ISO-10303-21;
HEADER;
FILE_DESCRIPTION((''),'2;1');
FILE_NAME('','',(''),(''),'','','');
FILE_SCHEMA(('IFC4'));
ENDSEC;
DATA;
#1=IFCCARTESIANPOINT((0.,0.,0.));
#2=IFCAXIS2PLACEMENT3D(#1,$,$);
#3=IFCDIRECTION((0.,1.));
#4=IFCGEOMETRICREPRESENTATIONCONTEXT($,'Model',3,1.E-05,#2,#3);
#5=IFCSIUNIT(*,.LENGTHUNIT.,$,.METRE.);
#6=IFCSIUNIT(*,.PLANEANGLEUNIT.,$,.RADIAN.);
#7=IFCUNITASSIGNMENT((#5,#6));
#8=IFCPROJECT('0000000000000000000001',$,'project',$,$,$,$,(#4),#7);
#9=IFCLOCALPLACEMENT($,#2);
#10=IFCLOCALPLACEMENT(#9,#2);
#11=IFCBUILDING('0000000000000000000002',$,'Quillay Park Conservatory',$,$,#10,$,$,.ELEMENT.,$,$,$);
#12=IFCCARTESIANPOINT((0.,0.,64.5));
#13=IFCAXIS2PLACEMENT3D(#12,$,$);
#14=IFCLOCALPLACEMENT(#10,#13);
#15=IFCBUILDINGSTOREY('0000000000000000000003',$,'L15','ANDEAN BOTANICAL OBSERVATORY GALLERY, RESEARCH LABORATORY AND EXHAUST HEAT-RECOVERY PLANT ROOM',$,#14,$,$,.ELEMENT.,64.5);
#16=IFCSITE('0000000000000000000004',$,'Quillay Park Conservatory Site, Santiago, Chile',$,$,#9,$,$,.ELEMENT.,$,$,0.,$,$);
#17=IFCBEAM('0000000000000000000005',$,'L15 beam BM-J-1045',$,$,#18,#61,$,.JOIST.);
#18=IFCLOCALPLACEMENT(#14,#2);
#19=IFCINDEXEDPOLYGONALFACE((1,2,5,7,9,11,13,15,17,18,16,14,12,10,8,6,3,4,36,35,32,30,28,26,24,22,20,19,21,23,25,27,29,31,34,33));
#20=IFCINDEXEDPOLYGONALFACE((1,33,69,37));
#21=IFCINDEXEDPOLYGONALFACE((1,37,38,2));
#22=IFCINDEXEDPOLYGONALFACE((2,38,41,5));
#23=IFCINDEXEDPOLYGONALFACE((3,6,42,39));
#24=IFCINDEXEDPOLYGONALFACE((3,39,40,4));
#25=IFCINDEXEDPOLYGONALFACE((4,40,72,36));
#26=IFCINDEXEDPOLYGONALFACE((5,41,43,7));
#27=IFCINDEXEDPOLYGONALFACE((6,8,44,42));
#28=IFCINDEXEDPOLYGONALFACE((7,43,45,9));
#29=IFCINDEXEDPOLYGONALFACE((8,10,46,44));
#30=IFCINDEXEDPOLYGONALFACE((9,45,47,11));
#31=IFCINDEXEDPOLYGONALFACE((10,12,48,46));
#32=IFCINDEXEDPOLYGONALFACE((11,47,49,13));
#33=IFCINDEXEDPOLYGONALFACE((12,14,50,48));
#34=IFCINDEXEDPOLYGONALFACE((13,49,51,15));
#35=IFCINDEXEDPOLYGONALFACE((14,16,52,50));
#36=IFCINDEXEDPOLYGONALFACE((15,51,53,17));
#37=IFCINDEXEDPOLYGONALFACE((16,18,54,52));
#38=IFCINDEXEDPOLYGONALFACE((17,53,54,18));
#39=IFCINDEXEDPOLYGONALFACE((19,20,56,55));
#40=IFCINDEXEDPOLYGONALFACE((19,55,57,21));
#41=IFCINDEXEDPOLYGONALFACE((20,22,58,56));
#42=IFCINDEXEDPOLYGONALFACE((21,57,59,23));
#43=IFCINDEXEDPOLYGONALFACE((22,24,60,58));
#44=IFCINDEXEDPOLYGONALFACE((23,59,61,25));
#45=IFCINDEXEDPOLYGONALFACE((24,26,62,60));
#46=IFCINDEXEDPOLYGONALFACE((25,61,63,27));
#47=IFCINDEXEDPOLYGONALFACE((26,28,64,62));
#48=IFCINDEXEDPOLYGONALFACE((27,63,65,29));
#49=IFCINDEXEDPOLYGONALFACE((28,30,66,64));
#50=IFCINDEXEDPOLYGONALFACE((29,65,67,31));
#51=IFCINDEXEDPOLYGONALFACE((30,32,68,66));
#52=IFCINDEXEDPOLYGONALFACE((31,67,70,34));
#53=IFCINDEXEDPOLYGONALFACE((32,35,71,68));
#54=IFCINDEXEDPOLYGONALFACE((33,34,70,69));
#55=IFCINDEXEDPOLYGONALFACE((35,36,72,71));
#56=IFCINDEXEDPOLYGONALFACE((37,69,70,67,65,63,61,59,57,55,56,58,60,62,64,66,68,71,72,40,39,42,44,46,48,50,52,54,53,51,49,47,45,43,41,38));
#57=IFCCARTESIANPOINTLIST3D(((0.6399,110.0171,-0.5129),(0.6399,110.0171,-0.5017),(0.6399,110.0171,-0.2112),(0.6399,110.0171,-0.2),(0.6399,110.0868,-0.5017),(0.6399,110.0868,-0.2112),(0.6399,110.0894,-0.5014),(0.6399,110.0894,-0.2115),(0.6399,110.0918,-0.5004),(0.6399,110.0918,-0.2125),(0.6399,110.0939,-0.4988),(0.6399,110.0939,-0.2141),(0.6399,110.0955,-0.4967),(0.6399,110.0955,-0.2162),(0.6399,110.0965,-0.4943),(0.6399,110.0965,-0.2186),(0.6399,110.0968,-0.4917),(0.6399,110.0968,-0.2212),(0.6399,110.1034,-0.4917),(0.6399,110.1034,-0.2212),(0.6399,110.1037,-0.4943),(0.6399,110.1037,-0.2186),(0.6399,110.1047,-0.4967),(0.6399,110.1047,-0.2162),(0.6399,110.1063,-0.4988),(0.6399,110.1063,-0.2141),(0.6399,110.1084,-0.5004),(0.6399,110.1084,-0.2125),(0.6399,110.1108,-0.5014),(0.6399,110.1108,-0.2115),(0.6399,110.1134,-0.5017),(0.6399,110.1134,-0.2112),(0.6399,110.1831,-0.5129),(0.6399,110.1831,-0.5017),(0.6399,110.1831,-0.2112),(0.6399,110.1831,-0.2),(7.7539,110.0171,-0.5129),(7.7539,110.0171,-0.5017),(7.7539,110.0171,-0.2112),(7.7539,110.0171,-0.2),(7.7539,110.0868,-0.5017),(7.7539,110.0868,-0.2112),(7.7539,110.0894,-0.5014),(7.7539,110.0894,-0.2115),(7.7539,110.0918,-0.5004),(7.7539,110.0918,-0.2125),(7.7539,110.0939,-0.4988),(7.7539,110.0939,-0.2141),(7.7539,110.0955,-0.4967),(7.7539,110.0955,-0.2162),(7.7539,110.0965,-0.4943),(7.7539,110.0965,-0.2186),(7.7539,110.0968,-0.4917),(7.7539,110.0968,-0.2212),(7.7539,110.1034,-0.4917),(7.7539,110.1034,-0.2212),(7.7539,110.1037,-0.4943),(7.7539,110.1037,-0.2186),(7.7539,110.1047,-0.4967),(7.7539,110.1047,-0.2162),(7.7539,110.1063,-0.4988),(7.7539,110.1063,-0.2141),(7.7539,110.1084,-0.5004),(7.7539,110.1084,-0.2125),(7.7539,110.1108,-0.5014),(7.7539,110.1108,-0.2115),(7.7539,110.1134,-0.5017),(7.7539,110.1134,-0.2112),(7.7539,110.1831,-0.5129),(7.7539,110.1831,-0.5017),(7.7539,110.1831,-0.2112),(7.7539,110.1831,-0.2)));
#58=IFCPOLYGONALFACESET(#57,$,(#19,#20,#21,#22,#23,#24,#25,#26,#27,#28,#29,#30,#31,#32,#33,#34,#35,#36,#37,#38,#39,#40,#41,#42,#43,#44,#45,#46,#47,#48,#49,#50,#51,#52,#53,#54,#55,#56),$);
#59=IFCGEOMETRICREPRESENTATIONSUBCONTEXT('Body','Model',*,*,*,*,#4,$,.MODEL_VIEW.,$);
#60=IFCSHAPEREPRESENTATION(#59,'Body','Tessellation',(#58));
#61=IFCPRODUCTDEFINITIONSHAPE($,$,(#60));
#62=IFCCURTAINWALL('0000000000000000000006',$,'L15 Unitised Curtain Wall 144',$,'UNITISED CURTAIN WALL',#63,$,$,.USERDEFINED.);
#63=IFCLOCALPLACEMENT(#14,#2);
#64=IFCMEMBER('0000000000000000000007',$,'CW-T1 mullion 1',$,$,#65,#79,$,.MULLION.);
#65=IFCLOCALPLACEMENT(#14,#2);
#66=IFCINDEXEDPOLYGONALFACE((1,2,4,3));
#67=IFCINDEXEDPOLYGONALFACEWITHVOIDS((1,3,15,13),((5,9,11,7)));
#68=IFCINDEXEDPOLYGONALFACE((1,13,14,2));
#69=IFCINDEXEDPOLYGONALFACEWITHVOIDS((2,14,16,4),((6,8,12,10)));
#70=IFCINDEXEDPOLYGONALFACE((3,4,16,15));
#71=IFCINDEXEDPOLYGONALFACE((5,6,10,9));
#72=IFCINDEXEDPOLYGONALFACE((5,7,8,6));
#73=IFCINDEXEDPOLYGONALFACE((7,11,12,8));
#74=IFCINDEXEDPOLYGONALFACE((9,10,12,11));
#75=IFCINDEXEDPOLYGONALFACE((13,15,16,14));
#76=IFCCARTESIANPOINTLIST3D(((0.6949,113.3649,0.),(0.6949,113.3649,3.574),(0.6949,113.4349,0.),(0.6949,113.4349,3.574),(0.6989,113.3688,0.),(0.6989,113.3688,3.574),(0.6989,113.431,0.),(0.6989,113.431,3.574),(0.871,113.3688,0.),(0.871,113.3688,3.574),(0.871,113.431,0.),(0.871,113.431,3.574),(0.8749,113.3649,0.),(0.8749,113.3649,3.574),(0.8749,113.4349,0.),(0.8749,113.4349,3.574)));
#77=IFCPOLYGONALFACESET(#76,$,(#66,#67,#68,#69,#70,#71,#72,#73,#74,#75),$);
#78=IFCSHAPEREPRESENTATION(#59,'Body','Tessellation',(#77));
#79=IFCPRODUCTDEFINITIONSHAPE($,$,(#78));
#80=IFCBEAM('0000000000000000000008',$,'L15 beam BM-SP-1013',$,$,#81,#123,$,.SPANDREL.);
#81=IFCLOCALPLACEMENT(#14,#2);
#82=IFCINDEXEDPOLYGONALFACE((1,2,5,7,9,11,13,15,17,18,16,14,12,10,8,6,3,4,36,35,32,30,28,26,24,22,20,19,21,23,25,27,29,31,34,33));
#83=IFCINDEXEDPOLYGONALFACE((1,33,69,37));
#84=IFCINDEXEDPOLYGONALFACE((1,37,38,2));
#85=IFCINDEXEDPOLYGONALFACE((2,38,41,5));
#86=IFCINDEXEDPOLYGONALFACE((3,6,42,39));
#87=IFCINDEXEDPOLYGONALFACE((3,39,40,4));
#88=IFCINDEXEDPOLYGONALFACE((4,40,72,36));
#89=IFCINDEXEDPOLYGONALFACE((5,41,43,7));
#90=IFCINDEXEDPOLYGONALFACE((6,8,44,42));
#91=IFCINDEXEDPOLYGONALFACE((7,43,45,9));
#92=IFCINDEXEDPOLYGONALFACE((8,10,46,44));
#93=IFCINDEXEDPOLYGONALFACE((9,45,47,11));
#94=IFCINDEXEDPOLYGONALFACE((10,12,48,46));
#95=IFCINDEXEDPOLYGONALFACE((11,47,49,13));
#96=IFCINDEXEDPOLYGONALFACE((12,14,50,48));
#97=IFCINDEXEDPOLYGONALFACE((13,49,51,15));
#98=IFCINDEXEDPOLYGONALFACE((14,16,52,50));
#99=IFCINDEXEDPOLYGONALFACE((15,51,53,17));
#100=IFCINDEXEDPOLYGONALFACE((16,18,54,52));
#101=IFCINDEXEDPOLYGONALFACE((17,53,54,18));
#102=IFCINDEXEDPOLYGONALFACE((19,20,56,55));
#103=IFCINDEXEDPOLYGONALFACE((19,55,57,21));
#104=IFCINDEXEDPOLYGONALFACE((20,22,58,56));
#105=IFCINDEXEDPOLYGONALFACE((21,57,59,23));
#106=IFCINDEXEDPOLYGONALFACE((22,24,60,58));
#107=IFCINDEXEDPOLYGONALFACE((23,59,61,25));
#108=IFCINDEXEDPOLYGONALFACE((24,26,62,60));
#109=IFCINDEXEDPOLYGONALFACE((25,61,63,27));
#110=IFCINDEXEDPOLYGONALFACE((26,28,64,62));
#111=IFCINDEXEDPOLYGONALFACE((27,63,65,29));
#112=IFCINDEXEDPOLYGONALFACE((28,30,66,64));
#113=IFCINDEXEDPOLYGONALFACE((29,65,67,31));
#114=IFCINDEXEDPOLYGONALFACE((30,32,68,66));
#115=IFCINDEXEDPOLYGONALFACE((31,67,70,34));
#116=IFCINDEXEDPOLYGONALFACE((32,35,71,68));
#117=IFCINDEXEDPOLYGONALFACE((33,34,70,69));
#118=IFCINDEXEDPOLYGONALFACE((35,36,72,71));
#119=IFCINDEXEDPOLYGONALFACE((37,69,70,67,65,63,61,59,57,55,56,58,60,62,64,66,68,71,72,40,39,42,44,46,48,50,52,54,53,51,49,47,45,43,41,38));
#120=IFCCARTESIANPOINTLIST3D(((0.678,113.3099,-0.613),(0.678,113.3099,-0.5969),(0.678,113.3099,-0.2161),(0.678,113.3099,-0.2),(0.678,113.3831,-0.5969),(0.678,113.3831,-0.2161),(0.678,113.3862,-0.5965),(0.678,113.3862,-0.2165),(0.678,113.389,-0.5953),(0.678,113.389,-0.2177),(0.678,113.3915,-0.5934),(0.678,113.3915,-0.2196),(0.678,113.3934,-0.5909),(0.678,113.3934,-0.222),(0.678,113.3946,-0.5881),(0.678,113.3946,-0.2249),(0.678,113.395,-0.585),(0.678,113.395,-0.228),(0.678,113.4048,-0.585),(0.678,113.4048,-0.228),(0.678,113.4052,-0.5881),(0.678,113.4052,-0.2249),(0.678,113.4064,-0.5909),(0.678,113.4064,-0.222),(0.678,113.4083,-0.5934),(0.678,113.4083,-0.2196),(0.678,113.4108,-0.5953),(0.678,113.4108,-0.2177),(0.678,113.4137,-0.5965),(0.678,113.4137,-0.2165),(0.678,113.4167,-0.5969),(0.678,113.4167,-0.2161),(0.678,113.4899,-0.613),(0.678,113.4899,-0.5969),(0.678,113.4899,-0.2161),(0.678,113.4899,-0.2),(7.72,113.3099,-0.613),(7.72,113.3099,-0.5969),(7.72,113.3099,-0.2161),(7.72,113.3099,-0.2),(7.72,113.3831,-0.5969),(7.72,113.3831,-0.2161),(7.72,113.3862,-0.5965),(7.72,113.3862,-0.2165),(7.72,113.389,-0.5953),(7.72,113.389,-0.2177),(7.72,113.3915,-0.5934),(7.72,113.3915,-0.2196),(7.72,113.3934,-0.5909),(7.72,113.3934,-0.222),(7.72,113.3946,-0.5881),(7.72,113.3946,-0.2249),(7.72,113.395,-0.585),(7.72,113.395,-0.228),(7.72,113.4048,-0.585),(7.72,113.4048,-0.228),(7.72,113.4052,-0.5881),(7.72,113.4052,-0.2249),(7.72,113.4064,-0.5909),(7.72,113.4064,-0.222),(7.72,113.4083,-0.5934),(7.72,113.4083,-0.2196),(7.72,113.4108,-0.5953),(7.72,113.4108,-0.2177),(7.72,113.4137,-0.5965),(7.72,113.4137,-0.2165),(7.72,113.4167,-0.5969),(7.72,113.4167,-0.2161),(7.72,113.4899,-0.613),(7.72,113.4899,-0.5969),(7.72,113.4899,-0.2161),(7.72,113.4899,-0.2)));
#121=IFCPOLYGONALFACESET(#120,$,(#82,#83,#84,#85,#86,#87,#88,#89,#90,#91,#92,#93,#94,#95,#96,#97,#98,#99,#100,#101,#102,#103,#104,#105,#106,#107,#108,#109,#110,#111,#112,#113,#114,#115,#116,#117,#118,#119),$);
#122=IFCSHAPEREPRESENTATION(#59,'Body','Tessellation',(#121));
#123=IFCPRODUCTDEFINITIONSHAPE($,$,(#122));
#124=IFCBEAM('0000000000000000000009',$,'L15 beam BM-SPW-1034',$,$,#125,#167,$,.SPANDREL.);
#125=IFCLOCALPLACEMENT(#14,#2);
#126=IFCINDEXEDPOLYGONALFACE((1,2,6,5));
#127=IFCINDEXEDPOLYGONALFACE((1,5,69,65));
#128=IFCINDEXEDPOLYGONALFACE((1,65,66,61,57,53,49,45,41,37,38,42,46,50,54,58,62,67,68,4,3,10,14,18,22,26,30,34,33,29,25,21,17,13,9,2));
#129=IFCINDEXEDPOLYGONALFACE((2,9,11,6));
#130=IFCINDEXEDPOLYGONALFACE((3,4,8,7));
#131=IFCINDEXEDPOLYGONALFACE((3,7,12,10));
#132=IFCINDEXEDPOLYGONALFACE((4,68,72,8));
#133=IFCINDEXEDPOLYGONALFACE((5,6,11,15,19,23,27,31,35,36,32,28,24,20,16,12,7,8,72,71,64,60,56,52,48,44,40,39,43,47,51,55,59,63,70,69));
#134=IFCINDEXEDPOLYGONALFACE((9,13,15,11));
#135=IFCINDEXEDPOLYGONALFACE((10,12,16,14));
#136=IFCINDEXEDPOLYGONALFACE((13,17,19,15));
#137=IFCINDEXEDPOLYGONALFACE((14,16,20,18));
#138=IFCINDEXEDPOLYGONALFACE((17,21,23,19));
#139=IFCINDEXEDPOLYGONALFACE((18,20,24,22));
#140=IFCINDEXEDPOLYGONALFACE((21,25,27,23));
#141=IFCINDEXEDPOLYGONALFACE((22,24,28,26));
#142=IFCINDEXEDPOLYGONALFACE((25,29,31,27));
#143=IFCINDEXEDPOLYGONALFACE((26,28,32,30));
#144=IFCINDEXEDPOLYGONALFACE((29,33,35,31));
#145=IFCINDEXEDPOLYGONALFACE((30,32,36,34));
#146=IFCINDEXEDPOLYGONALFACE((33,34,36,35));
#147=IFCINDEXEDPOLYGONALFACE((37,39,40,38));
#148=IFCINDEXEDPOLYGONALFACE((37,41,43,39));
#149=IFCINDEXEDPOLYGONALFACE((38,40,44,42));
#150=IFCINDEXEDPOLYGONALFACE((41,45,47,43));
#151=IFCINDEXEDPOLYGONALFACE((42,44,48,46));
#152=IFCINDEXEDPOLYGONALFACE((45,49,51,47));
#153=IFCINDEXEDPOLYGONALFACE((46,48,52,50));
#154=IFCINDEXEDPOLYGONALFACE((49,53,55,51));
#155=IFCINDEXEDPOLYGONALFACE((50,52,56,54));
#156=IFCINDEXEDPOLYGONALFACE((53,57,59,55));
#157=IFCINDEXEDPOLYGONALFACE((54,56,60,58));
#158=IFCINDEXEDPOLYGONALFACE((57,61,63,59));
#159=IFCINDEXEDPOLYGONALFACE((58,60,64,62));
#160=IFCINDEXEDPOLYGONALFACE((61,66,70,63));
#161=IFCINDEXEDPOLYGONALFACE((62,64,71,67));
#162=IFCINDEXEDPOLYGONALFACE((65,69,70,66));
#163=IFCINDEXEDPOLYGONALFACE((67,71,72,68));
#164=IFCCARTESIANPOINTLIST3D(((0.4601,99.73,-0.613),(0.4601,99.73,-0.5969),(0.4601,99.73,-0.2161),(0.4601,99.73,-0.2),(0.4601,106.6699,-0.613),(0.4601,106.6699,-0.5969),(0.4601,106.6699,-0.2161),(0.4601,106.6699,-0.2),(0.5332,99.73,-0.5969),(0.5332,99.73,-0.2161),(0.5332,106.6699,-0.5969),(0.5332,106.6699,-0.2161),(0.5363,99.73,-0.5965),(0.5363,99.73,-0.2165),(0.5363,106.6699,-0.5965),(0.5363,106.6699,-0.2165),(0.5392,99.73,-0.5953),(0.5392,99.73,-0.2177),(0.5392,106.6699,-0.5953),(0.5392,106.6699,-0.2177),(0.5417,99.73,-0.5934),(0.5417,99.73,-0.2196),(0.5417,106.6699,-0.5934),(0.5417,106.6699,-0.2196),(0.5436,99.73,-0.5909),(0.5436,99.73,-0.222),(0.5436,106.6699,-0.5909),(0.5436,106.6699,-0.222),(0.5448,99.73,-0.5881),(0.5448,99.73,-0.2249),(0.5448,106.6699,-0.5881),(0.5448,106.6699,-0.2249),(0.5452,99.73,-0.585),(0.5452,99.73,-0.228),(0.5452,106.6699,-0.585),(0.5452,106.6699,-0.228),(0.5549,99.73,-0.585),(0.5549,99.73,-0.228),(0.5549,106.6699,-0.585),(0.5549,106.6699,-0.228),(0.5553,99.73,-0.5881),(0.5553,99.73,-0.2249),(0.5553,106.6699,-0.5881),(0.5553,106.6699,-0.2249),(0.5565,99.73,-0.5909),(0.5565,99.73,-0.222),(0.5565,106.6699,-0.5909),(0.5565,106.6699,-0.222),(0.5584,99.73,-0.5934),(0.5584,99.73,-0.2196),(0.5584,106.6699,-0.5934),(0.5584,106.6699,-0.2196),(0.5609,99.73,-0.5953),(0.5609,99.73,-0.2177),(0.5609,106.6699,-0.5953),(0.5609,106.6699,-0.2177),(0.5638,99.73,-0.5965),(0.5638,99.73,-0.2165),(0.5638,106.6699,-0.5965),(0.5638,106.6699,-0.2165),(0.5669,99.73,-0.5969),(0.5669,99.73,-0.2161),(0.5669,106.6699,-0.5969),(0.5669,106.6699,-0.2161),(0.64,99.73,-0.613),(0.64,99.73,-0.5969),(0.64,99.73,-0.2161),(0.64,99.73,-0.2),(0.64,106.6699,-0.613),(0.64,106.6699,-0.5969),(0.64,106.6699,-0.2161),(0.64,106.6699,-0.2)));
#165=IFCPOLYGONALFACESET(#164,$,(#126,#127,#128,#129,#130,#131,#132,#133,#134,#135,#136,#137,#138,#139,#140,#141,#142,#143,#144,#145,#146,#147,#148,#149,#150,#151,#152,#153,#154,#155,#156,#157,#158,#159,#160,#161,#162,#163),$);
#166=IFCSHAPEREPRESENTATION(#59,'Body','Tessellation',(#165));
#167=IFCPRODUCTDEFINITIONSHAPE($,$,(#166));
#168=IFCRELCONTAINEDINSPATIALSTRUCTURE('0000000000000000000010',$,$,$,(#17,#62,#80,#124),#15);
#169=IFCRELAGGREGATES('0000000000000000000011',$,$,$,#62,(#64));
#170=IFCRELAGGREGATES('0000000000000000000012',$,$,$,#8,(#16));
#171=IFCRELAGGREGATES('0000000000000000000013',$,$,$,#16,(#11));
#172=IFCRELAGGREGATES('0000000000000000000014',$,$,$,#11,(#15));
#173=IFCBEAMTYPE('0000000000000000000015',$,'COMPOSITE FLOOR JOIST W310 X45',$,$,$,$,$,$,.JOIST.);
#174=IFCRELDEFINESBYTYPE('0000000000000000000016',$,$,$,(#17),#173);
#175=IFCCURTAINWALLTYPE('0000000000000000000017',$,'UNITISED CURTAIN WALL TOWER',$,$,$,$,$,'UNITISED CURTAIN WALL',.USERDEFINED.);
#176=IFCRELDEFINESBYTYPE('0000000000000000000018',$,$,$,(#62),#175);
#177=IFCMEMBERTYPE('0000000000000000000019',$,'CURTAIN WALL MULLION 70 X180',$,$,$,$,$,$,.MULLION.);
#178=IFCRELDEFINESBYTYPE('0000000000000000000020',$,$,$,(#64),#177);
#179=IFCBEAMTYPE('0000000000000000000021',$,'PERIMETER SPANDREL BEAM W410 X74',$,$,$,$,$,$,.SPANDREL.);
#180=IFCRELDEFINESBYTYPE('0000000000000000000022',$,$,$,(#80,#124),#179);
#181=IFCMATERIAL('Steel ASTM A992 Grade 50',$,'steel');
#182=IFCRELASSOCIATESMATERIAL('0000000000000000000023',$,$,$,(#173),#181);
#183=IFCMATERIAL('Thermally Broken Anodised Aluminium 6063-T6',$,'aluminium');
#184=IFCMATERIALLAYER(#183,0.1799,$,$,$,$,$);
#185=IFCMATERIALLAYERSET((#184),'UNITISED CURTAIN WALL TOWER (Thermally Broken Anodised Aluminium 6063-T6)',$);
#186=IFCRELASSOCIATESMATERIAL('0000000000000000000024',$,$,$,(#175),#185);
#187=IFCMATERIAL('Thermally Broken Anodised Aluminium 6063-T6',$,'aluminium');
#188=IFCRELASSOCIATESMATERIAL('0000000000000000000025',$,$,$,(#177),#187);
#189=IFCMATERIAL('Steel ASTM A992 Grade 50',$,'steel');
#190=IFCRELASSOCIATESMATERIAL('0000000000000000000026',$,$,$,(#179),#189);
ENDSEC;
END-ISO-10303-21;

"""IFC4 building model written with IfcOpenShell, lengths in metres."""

from ifc_helpers import new_model, si_unit, direction, frame, origin, origin_2d, place, context, subcontext, project, spatial, hollow_rectangle, i_section, extrude, material, layer, layer_set, material_profile, profile_set, type_object, element, aggregate, save


model = new_model("IFC4")

# Units and contexts
model_context = context("Model", 3, precision=1e-05, world=origin(), true_north=direction((0.0, 1.0)))
body_context = subcontext(model_context, "Body", "Model", "MODEL_VIEW")
ifc_project = project(units=[si_unit("LENGTHUNIT", "METRE"), si_unit("PLANEANGLEUNIT", "RADIAN")], contexts=[model_context])

# Site, building, storey
site_placement = place(None, origin())
site = spatial("IfcSite", under=ifc_project, at=site_placement, Name="Quillay Park Conservatory Site, Santiago, Chile", CompositionType="ELEMENT", RefElevation=0.0)
building_placement = place(site_placement, origin())
building = spatial("IfcBuilding", under=site, at=building_placement, Name="Quillay Park Conservatory", CompositionType="ELEMENT")
storey_placement = place(building_placement, frame((0.0, 0.0, 64.5)))
storey = spatial("IfcBuildingStorey", under=building, at=storey_placement, Name="L15", Description="ANDEAN BOTANICAL OBSERVATORY GALLERY, RESEARCH LABORATORY AND EXHAUST HEAT-RECOVERY PLANT ROOM", CompositionType="ELEMENT", Elevation=64.5)

# Beam
ifc_material_1 = material(Name="Steel ASTM A992 Grade 50", Category="steel")
ifc_material_profile_1 = material_profile(ifc_material_1, i_section(OverallWidth=0.166, OverallDepth=0.313, WebThickness=0.0066, FlangeThickness=0.0112, FilletRadius=0.01, at=origin_2d()), Name="W310x45")
ifc_profile_set_1 = profile_set([ifc_material_profile_1], Name="Steel ASTM A992 Grade 50")
beam_type_1 = type_object("IfcBeamType", Name="COMPOSITE FLOOR JOIST W310 X45", PredefinedType="JOIST", material=ifc_profile_set_1)
for number, where, z_axis, x_axis, name in (
    (1, (0.6399, 110.1001, -0.3564), (1.0, 0.0, 0.0), (0.0, 1.0, 0.0), "L15 beam BM-J-1045"),
):
    element("IfcBeam", number, at=place(storey_placement, frame(where, z_axis=z_axis, x_axis=x_axis)), inside=storey, type_object=beam_type_1, Name=name, PredefinedType="JOIST", context=body_context, shape_type="SweptSolid", body=[
        extrude(i_section(OverallWidth=0.166, OverallDepth=0.313, WebThickness=0.0066, FlangeThickness=0.0112, FilletRadius=0.01, at=origin_2d()), origin(), (0.0, 0.0, 1.0), 7.114),
    ])

# Curtain wall, member
ifc_material_2 = material(Name="Thermally Broken Anodised Aluminium 6063-T6", Category="aluminium")
ifc_layer_1 = layer(ifc_material_2, 0.1799)
ifc_layer_set_1 = layer_set([ifc_layer_1], Name="UNITISED CURTAIN WALL TOWER (Thermally Broken Anodised Aluminium 6063-T6)")
curtain_wall_type = type_object("IfcCurtainWallType", Name="UNITISED CURTAIN WALL TOWER", ElementType="UNITISED CURTAIN WALL", PredefinedType="USERDEFINED", material=ifc_layer_set_1)
curtain_wall_placement = place(storey_placement, origin())
curtain_wall = element("IfcCurtainWall", 2, at=curtain_wall_placement, inside=storey, type_object=curtain_wall_type, Name="L15 Unitised Curtain Wall 144", ObjectType="UNITISED CURTAIN WALL", PredefinedType="USERDEFINED")
ifc_material_3 = material(Name="Thermally Broken Anodised Aluminium 6063-T6", Category="aluminium")
ifc_material_profile_2 = material_profile(ifc_material_3, hollow_rectangle(XDim=0.0701, YDim=0.1799, WallThickness=0.0039, at=origin_2d()), Name="AL70x180x4")
ifc_profile_set_2 = profile_set([ifc_material_profile_2], Name="Thermally Broken Anodised Aluminium 6063-T6")
member_type = type_object("IfcMemberType", Name="CURTAIN WALL MULLION 70 X180", PredefinedType="MULLION", material=ifc_profile_set_2)
member_placement = place(storey_placement, frame((0.7849, 113.3999, 0.0), z_axis=(0.0, 0.0, 1.0), x_axis=(0.0, 1.0, 0.0)))
member = element("IfcMember", 3, at=member_placement, type_object=member_type, Name="CW-T1 mullion 1", PredefinedType="MULLION", context=body_context, shape_type="SweptSolid", body=[
    extrude(hollow_rectangle(XDim=0.0701, YDim=0.1799, WallThickness=0.0039, at=origin_2d()), origin(), (0.0, 0.0, 1.0), 3.574),
])
aggregate(curtain_wall, [member])

# Beams
ifc_material_4 = material(Name="Steel ASTM A992 Grade 50", Category="steel")
ifc_material_profile_3 = material_profile(ifc_material_4, i_section(OverallWidth=0.1799, OverallDepth=0.4131, WebThickness=0.0098, FlangeThickness=0.0161, FilletRadius=0.012, at=origin_2d()), Name="W410x74")
ifc_profile_set_3 = profile_set([ifc_material_profile_3], Name="Steel ASTM A992 Grade 50")
beam_type_2 = type_object("IfcBeamType", Name="PERIMETER SPANDREL BEAM W410 X74", PredefinedType="SPANDREL", material=ifc_profile_set_3)
beam_1_placement = place(storey_placement, frame((0.678, 113.3999, -0.4065), z_axis=(1.0, 0.0, 0.0), x_axis=(0.0, 1.0, 0.0)))
element("IfcBeam", 4, at=beam_1_placement, inside=storey, type_object=beam_type_2, Name="L15 beam BM-SP-1013", PredefinedType="SPANDREL", context=body_context, shape_type="SweptSolid", body=[
    extrude(i_section(OverallWidth=0.1799, OverallDepth=0.4131, WebThickness=0.0098, FlangeThickness=0.0161, FilletRadius=0.012, at=origin_2d()), origin(), (0.0, 0.0, 1.0), 7.042),
])
beam_2_placement = place(storey_placement, frame((0.55, 99.73, -0.4065), z_axis=(0.0, 1.0, 0.0), x_axis=(-1.0, 0.0, 0.0)))
element("IfcBeam", 5, at=beam_2_placement, inside=storey, type_object=beam_type_2, Name="L15 beam BM-SPW-1034", PredefinedType="SPANDREL", context=body_context, shape_type="SweptSolid", body=[
    extrude(i_section(OverallWidth=0.1799, OverallDepth=0.4131, WebThickness=0.0098, FlangeThickness=0.0161, FilletRadius=0.012, at=origin_2d()), origin(), (0.0, 0.0, 1.0), 6.9399),
])

save(model, "model.ifc")
